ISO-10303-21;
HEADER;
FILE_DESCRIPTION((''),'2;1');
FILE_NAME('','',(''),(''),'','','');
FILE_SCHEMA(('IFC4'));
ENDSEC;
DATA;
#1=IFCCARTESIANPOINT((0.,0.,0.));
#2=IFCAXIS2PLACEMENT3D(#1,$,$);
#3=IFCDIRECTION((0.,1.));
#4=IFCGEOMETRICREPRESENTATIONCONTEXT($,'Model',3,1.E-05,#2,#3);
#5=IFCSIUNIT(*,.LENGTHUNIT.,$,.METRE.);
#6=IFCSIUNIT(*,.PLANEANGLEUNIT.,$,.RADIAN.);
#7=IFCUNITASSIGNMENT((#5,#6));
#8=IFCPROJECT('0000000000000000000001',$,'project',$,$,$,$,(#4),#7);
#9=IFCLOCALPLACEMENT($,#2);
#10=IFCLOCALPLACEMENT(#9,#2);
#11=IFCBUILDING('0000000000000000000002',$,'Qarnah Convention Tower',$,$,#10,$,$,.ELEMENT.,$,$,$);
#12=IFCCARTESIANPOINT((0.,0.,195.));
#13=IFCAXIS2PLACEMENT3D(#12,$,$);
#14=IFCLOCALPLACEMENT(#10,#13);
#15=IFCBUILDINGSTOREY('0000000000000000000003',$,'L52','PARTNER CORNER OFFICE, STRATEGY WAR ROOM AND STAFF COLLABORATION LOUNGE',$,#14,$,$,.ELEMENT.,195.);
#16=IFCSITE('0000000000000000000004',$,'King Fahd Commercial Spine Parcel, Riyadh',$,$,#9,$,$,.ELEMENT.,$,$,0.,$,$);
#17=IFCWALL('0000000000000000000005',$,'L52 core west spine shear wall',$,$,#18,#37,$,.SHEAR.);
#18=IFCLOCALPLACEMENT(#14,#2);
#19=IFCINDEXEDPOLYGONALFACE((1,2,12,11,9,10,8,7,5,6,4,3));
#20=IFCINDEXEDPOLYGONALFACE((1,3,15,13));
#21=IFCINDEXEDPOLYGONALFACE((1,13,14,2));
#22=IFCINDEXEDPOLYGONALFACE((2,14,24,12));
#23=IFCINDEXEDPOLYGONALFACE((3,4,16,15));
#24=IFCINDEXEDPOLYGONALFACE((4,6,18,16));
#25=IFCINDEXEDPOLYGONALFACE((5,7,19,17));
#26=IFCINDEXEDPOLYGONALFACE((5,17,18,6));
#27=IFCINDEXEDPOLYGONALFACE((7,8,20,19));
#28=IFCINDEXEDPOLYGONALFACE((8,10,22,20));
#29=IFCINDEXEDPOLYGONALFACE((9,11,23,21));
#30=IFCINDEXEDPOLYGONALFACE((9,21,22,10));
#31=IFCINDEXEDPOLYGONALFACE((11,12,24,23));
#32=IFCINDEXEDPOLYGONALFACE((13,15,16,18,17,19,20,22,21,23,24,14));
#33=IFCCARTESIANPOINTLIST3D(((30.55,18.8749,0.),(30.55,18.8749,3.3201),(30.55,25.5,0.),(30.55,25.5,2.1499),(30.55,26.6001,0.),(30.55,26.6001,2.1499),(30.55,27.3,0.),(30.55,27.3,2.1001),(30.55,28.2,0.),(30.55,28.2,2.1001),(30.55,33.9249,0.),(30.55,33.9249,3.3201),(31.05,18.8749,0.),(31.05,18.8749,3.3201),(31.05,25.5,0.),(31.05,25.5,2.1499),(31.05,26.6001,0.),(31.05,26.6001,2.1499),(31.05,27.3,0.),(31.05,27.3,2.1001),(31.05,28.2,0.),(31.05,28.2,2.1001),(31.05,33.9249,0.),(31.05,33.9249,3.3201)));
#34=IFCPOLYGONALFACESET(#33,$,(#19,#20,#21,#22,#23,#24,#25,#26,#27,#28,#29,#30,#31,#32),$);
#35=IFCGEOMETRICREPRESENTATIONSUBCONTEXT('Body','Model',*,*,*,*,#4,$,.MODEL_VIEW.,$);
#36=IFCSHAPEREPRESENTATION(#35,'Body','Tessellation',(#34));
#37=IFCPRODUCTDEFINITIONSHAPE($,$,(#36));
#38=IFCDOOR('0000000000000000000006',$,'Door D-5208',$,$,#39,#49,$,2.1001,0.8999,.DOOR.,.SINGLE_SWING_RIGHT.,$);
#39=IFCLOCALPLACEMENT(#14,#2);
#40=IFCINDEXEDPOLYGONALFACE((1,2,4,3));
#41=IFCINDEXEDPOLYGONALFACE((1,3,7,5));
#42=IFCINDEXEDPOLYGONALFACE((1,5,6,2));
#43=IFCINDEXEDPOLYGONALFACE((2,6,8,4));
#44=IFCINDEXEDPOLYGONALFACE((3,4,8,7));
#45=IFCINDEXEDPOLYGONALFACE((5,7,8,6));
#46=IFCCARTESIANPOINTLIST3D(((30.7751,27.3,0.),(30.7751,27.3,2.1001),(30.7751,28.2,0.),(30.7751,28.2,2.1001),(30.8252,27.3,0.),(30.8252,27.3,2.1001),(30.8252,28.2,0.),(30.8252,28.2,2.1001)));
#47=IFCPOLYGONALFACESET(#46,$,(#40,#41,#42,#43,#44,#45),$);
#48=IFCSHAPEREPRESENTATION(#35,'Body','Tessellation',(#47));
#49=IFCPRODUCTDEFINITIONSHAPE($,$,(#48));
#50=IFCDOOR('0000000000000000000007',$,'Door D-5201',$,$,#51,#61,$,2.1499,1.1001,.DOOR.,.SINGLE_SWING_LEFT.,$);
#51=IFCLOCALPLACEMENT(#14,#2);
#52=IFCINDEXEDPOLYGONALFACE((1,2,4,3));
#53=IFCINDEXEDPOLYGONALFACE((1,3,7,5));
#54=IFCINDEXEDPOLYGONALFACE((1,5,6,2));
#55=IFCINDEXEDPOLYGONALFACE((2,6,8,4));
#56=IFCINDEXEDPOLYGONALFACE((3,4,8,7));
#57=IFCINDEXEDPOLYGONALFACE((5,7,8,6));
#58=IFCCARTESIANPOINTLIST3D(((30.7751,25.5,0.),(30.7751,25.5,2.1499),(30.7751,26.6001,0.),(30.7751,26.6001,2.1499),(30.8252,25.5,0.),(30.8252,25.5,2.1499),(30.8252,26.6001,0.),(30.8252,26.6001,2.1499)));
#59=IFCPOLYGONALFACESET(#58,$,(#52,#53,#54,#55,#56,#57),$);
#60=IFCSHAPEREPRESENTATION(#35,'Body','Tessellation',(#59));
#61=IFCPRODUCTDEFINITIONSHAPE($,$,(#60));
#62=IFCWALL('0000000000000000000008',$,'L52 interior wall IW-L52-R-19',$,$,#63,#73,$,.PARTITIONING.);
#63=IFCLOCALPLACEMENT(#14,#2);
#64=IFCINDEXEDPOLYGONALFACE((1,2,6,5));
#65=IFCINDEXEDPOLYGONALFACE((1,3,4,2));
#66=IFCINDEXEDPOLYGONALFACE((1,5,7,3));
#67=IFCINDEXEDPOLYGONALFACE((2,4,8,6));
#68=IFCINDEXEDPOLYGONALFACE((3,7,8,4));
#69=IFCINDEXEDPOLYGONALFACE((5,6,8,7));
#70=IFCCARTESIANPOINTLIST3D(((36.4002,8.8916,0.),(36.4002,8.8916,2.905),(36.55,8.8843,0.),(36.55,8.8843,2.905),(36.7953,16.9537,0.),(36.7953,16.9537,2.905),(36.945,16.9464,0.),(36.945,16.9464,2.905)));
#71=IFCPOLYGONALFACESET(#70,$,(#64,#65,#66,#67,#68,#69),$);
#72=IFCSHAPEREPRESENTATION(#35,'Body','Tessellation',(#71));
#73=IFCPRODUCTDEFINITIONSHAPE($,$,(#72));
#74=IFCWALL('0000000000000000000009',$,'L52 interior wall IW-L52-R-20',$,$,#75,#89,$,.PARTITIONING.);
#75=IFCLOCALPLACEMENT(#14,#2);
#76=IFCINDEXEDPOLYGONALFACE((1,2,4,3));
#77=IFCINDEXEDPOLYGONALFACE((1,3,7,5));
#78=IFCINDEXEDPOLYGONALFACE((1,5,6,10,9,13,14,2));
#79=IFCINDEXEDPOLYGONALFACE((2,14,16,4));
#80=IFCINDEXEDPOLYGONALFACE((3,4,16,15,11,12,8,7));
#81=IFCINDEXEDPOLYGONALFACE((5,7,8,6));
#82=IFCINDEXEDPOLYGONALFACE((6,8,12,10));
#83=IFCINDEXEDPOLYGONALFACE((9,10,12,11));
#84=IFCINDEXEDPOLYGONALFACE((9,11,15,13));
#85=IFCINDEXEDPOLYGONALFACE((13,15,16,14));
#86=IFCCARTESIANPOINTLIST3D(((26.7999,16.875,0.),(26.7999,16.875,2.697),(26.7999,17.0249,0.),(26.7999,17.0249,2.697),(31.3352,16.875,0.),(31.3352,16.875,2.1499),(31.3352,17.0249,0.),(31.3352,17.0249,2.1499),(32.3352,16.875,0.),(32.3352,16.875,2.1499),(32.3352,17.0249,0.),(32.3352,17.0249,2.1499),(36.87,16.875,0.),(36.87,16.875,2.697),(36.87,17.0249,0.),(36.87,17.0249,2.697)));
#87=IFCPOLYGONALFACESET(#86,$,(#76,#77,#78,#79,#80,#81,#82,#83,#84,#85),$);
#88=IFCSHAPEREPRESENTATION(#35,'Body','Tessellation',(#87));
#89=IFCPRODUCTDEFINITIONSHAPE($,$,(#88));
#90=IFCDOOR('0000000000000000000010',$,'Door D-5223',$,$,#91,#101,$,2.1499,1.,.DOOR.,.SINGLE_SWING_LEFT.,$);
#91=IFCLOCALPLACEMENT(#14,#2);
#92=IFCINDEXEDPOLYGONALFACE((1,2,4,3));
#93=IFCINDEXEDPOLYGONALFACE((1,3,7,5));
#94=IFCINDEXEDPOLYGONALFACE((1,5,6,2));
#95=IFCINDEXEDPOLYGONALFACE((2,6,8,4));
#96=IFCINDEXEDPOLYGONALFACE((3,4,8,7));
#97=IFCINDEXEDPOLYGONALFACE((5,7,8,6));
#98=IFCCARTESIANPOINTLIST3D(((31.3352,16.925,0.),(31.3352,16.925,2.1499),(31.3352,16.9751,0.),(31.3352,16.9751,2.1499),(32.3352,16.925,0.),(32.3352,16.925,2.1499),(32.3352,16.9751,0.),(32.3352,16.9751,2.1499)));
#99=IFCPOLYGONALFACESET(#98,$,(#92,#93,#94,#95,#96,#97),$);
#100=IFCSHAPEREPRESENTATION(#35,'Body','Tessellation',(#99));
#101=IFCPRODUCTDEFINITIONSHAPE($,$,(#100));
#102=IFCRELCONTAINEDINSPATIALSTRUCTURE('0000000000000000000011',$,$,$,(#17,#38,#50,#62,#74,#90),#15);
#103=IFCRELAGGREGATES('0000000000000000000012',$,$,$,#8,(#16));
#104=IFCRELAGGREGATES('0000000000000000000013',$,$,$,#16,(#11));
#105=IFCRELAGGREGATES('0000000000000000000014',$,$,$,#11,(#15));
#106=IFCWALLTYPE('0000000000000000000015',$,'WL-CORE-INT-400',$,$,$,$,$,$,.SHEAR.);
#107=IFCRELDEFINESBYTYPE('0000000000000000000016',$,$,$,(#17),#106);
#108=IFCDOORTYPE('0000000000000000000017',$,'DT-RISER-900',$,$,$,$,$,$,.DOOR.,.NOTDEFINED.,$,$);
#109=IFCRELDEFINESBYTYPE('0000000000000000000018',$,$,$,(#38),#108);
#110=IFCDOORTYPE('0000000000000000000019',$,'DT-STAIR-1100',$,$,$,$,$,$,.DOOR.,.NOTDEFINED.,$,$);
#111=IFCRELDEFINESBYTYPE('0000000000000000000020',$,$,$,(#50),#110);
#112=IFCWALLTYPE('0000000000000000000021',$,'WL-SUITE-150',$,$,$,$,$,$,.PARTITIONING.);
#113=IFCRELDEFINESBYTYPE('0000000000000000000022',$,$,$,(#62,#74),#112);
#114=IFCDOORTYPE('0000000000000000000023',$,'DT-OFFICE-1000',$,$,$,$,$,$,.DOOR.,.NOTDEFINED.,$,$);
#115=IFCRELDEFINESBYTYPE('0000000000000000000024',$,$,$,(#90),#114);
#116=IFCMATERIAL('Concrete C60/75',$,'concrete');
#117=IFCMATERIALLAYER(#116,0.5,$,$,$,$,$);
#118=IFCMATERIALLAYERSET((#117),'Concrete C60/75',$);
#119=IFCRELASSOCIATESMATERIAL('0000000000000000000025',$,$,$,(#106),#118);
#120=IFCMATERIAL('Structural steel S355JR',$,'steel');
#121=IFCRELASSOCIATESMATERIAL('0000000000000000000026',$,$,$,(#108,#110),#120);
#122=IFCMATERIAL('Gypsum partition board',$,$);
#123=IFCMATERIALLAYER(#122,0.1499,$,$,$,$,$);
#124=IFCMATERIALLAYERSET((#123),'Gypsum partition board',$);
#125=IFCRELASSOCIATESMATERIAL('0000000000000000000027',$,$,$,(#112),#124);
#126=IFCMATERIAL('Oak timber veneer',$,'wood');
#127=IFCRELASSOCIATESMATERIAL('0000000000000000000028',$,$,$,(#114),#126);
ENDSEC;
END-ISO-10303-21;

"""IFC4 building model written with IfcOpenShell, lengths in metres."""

from ifc_helpers import new_model, si_unit, direction, frame, frame_2d, origin, place, context, subcontext, project, spatial, rectangle, extrude, material, layer, layer_set, type_object, element, fill, save


model = new_model("IFC4")

# Units and contexts
model_context = context("Model", 3, precision=1e-05, world=origin(), true_north=direction((0.0, 1.0)))
body_context = subcontext(model_context, "Body", "Model", "MODEL_VIEW")
ifc_project = project(units=[si_unit("LENGTHUNIT", "METRE"), si_unit("PLANEANGLEUNIT", "RADIAN")], contexts=[model_context])

# Site, building, storey
site_placement = place(None, origin())
site = spatial("IfcSite", under=ifc_project, at=site_placement, Name="King Fahd Commercial Spine Parcel, Riyadh", CompositionType="ELEMENT", RefElevation=0.0)
building_placement = place(site_placement, origin())
building = spatial("IfcBuilding", under=site, at=building_placement, Name="Qarnah Convention Tower", CompositionType="ELEMENT")
storey_placement = place(building_placement, frame((0.0, 0.0, 195.0)))
storey = spatial("IfcBuildingStorey", under=building, at=storey_placement, Name="L52", Description="PARTNER CORNER OFFICE, STRATEGY WAR ROOM AND STAFF COLLABORATION LOUNGE", CompositionType="ELEMENT", Elevation=195.0)

# Shared definitions
ifc_material_1 = material(Name="Structural steel S355JR", Category="steel")

# Wall, openings, doors
ifc_material_2 = material(Name="Concrete C60/75", Category="concrete")
ifc_layer_1 = layer(ifc_material_2, 0.5)
ifc_layer_set_1 = layer_set([ifc_layer_1], Name="Concrete C60/75")
wall_type_1 = type_object("IfcWallType", Name="WL-CORE-INT-400", PredefinedType="SHEAR", material=ifc_layer_set_1)
wall_1_placement = place(storey_placement, frame((30.8, 18.875, 0.0), z_axis=(0.0, 0.0, 1.0), x_axis=(0.0, 1.0, 0.0)))
wall_1 = element("IfcWall", 1, at=wall_1_placement, inside=storey, type_object=wall_type_1, Name="L52 core west spine shear wall", PredefinedType="SHEAR", context=body_context, shape_type="SweptSolid", body=[
    extrude(rectangle(XDim=15.05, YDim=0.5, at=frame_2d((7.5249, 0.0))), origin(), (0.0, 0.0, 1.0), 3.3201),
])
opening_1_placement = place(wall_1_placement, frame((6.625, 0.0, 0.0)))
opening_1 = element("IfcOpeningElement", 2, at=opening_1_placement, cuts=wall_1, PredefinedType="OPENING", context=body_context, shape_type="SweptSolid", body=[
    extrude(rectangle(XDim=1.1001, YDim=2.1499, at=frame_2d((0.55, 1.075))), frame((0.0, 0.26, 0.0), z_axis=(0.0, -1.0, 0.0), x_axis=(1.0, 0.0, 0.0)), (0.0, 0.0, 1.0), 0.52),
])
opening_2_placement = place(wall_1_placement, frame((8.425, 0.0, 0.0)))
opening_2 = element("IfcOpeningElement", 3, at=opening_2_placement, cuts=wall_1, PredefinedType="OPENING", context=body_context, shape_type="SweptSolid", body=[
    extrude(rectangle(XDim=0.8999, YDim=2.1001, at=frame_2d((0.45, 1.05))), frame((0.0, 0.26, 0.0), z_axis=(0.0, -1.0, 0.0), x_axis=(1.0, 0.0, 0.0)), (0.0, 0.0, 1.0), 0.52),
])
door_type_1 = type_object("IfcDoorType", Name="DT-RISER-900", OperationType="NOTDEFINED", PredefinedType="DOOR", material=ifc_material_1)
door_1_placement = place(opening_2_placement, origin())
door_1 = element("IfcDoor", 4, at=door_1_placement, inside=storey, type_object=door_type_1, Name="Door D-5208", OperationType="SINGLE_SWING_RIGHT", OverallHeight=2.1001, OverallWidth=0.8999, PredefinedType="DOOR", context=body_context, shape_type="SweptSolid", body=[
    extrude(rectangle(XDim=0.8999, YDim=2.1001, at=frame_2d((0.45, 1.05))), frame((0.0, 0.0249, 0.0), z_axis=(0.0, -1.0, 0.0), x_axis=(1.0, 0.0, 0.0)), (0.0, 0.0, 1.0), 0.05),
])
fill(opening_2, door_1)
door_type_2 = type_object("IfcDoorType", Name="DT-STAIR-1100", OperationType="NOTDEFINED", PredefinedType="DOOR", material=ifc_material_1)
door_2_placement = place(opening_1_placement, origin())
door_2 = element("IfcDoor", 5, at=door_2_placement, inside=storey, type_object=door_type_2, Name="Door D-5201", OperationType="SINGLE_SWING_LEFT", OverallHeight=2.1499, OverallWidth=1.1001, PredefinedType="DOOR", context=body_context, shape_type="SweptSolid", body=[
    extrude(rectangle(XDim=1.1001, YDim=2.1499, at=frame_2d((0.55, 1.075))), frame((0.0, 0.0249, 0.0), z_axis=(0.0, -1.0, 0.0), x_axis=(1.0, 0.0, 0.0)), (0.0, 0.0, 1.0), 0.05),
])
fill(opening_1, door_2)

# Wall
ifc_material_3 = material(Name="Gypsum partition board")
ifc_layer_2 = layer(ifc_material_3, 0.1499)
ifc_layer_set_2 = layer_set([ifc_layer_2], Name="Gypsum partition board")
wall_type_2 = type_object("IfcWallType", Name="WL-SUITE-150", PredefinedType="PARTITIONING", material=ifc_layer_set_2)
wall_2_placement = place(storey_placement, frame((36.4751, 8.8879, 0.0), z_axis=(0.0, 0.0, 1.0), x_axis=(0.048939, 0.998802, 0.0)))
element("IfcWall", 6, at=wall_2_placement, inside=storey, type_object=wall_type_2, Name="L52 interior wall IW-L52-R-19", PredefinedType="PARTITIONING", context=body_context, shape_type="SweptSolid", body=[
    extrude(rectangle(XDim=8.0718, YDim=0.1499, at=frame_2d((4.0359, 0.0))), origin(), (0.0, 0.0, 1.0), 2.905),
])

# Wall, opening, door
wall_3_placement = place(storey_placement, frame((36.8701, 16.95, 0.0), z_axis=(0.0, 0.0, 1.0), x_axis=(-1.0, 0.0, 0.0)))
wall_3 = element("IfcWall", 7, at=wall_3_placement, inside=storey, type_object=wall_type_2, Name="L52 interior wall IW-L52-R-20", PredefinedType="PARTITIONING", context=body_context, shape_type="SweptSolid", body=[
    extrude(rectangle(XDim=10.0701, YDim=0.1499, at=frame_2d((5.0352, 0.0))), origin(), (0.0, 0.0, 1.0), 2.697),
])
opening_3_placement = place(wall_3_placement, frame((4.5349, 0.0, 0.0)))
opening_3 = element("IfcOpeningElement", 8, at=opening_3_placement, cuts=wall_3, PredefinedType="OPENING", context=body_context, shape_type="SweptSolid", body=[
    extrude(rectangle(XDim=1.0, YDim=2.1499, at=frame_2d((0.5, 1.075))), frame((0.0, 0.085, 0.0), z_axis=(0.0, -1.0, 0.0), x_axis=(1.0, 0.0, 0.0)), (0.0, 0.0, 1.0), 0.1699),
])
ifc_material_4 = material(Name="Oak timber veneer", Category="wood")
door_type_3 = type_object("IfcDoorType", Name="DT-OFFICE-1000", OperationType="NOTDEFINED", PredefinedType="DOOR", material=ifc_material_4)
door_3_placement = place(opening_3_placement, origin())
door_3 = element("IfcDoor", 9, at=door_3_placement, inside=storey, type_object=door_type_3, Name="Door D-5223", OperationType="SINGLE_SWING_LEFT", OverallHeight=2.1499, OverallWidth=1.0, PredefinedType="DOOR", context=body_context, shape_type="SweptSolid", body=[
    extrude(rectangle(XDim=1.0, YDim=2.1499, at=frame_2d((0.5, 1.075))), frame((0.0, 0.0249, 0.0), z_axis=(0.0, -1.0, 0.0), x_axis=(1.0, 0.0, 0.0)), (0.0, 0.0, 1.0), 0.05),
])
fill(opening_3, door_3)

save(model, "model.ifc")
